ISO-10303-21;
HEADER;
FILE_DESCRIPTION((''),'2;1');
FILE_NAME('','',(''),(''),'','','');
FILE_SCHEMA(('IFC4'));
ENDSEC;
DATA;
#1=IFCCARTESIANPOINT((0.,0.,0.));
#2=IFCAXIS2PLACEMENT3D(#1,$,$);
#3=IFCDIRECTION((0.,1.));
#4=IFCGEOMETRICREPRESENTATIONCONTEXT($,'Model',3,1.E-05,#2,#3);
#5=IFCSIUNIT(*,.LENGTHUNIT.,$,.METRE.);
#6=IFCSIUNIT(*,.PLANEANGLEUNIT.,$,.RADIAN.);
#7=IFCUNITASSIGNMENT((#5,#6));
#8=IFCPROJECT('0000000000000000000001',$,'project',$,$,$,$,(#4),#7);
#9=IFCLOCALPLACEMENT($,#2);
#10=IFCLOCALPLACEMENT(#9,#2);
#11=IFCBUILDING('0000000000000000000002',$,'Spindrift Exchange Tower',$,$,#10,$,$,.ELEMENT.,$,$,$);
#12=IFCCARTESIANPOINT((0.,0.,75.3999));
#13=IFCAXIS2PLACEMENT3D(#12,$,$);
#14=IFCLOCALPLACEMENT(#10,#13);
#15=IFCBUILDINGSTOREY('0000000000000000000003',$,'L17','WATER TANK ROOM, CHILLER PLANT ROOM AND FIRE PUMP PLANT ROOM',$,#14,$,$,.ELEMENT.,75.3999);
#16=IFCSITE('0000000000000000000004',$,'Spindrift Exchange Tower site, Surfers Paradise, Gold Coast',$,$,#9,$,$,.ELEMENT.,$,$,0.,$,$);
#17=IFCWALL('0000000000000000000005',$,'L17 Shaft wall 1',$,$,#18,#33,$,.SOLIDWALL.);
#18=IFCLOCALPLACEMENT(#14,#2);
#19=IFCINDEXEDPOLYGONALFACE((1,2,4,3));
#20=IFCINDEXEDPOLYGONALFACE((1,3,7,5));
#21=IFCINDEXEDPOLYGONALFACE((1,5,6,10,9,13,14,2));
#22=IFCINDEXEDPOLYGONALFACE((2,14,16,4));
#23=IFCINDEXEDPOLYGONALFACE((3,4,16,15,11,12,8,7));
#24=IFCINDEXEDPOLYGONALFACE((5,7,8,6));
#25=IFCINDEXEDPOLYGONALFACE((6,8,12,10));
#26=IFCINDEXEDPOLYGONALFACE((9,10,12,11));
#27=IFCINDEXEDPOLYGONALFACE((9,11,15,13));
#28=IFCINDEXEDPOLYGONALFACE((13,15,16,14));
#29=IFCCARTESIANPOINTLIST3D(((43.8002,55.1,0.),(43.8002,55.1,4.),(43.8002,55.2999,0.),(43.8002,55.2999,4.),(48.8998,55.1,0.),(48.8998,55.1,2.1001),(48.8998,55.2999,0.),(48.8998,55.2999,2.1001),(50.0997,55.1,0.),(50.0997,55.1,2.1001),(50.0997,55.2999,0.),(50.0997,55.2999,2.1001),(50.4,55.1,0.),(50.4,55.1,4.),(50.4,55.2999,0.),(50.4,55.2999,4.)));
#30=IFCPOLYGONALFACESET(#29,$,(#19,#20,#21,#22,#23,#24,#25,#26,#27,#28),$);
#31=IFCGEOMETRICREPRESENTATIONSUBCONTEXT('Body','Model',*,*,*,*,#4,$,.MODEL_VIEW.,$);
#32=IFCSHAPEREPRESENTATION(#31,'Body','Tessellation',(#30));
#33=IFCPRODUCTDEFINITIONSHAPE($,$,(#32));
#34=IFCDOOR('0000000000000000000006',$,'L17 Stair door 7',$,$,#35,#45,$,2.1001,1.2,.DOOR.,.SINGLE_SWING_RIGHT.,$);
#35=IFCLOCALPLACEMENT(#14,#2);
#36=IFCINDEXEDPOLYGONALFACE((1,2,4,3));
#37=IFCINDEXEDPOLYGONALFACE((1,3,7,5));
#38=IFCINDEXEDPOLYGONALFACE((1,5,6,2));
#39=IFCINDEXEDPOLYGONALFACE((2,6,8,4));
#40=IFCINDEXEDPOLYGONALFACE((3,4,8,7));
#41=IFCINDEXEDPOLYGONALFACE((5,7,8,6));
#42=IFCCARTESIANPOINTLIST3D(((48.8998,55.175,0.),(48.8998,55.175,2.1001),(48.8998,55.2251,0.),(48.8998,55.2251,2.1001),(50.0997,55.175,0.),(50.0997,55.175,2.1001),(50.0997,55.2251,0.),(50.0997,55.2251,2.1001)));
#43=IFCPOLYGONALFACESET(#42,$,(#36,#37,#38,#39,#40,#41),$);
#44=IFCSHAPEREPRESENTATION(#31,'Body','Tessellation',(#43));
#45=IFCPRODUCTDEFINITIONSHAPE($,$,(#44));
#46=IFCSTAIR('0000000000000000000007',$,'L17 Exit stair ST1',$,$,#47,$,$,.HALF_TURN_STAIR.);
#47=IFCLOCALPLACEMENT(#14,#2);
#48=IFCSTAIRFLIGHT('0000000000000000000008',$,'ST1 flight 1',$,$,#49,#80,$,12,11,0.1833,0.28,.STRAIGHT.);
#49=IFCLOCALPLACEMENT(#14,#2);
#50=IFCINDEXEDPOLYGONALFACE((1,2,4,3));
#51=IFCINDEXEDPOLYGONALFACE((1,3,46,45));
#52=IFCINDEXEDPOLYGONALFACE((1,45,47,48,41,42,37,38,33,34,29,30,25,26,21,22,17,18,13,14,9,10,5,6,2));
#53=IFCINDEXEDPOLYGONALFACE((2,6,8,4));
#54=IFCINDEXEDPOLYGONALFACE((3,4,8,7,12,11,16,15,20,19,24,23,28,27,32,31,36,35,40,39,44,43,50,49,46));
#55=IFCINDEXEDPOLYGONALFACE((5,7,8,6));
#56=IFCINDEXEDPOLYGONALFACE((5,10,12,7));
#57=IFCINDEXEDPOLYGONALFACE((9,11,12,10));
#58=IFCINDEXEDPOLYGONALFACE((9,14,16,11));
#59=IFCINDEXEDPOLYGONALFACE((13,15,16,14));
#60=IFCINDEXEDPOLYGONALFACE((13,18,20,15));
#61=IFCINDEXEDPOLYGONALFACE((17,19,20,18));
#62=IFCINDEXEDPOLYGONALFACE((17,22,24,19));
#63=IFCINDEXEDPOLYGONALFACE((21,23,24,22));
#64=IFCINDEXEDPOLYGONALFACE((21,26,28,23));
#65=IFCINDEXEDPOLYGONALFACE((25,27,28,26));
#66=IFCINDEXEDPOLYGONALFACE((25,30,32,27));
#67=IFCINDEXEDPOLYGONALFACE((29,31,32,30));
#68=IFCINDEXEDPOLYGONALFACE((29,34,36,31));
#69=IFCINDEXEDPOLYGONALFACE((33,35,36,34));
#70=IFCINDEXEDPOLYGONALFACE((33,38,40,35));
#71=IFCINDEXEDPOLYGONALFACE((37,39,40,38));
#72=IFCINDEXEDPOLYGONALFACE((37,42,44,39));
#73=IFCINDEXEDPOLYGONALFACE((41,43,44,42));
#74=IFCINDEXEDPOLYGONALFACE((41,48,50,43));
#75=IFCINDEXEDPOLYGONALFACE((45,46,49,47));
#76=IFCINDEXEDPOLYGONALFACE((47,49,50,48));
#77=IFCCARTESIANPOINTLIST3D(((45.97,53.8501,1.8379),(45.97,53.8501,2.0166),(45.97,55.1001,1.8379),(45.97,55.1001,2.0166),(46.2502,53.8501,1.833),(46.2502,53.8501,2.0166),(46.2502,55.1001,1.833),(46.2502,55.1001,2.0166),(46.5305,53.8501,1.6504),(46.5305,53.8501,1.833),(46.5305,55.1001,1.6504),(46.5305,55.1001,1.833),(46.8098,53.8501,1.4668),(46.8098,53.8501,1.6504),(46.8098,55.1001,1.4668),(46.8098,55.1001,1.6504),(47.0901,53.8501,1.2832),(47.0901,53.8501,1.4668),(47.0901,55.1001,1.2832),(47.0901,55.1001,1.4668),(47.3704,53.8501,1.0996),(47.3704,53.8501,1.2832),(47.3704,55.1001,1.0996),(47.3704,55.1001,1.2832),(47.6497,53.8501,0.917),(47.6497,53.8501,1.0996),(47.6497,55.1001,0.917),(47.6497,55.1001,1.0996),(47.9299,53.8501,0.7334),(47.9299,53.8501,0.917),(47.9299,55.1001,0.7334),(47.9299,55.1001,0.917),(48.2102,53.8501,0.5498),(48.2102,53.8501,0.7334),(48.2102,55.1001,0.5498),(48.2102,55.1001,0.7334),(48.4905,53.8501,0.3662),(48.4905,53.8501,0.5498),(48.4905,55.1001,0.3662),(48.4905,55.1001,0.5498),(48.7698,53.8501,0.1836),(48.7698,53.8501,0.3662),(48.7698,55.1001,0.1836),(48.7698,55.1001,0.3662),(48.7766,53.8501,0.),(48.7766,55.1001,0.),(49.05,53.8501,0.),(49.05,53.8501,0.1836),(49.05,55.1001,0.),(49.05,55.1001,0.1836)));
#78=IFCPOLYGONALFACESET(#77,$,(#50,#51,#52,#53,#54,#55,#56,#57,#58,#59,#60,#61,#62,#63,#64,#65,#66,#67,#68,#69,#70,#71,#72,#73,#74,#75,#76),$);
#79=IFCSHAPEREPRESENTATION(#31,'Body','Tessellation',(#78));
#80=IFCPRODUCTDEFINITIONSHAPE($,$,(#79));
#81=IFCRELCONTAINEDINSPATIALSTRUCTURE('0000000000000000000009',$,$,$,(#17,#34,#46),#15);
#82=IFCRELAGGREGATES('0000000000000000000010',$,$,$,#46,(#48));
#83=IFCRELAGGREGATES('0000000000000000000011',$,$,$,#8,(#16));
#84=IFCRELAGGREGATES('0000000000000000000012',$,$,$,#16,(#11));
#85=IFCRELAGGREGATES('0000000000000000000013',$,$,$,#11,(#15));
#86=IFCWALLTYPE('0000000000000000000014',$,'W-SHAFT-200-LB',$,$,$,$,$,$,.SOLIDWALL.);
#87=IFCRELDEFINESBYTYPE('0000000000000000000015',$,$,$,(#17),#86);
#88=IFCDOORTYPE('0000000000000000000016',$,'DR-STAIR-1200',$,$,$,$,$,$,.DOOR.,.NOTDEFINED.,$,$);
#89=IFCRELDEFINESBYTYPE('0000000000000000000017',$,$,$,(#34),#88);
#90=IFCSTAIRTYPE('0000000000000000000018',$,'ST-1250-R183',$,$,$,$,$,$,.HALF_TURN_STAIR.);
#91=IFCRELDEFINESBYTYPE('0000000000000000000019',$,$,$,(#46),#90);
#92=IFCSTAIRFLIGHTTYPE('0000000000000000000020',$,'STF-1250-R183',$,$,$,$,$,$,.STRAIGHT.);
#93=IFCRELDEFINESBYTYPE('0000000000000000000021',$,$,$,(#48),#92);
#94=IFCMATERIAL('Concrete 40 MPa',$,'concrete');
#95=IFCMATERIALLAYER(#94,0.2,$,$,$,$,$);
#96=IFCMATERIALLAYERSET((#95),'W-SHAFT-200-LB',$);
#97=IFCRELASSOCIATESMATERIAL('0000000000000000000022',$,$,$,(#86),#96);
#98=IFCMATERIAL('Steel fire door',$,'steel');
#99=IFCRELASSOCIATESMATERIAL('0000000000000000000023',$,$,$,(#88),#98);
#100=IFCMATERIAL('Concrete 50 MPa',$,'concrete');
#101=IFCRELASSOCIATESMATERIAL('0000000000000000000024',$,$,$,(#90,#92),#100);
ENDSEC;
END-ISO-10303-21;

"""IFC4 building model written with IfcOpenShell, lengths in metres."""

from ifc_helpers import new_model, si_unit, direction, frame, frame_2d, origin, place, context, subcontext, project, spatial, line, indexed_curve, rectangle, outline, extrude, source, transform, mapped, material, layer, layer_set, type_object, element, fill, aggregate, save


model = new_model("IFC4")

# Units and contexts
model_context = context("Model", 3, precision=1e-05, world=origin(), true_north=direction((0.0, 1.0)))
body_context = subcontext(model_context, "Body", "Model", "MODEL_VIEW")
ifc_project = project(units=[si_unit("LENGTHUNIT", "METRE"), si_unit("PLANEANGLEUNIT", "RADIAN")], contexts=[model_context])

# Site, building, storey
site_placement = place(None, origin())
site = spatial("IfcSite", under=ifc_project, at=site_placement, Name="Spindrift Exchange Tower site, Surfers Paradise, Gold Coast", CompositionType="ELEMENT", RefElevation=0.0)
building_placement = place(site_placement, origin())
building = spatial("IfcBuilding", under=site, at=building_placement, Name="Spindrift Exchange Tower", CompositionType="ELEMENT")
storey_placement = place(building_placement, frame((0.0, 0.0, 75.3999)))
storey = spatial("IfcBuildingStorey", under=building, at=storey_placement, Name="L17", Description="WATER TANK ROOM, CHILLER PLANT ROOM AND FIRE PUMP PLANT ROOM", CompositionType="ELEMENT", Elevation=75.3999)

# Shared definitions
ifc_material_1 = material(Name="Steel fire door", Category="steel")

# Wall, opening, door
ifc_material_2 = material(Name="Concrete 40 MPa", Category="concrete")
ifc_layer_1 = layer(ifc_material_2, 0.2)
ifc_layer_set_1 = layer_set([ifc_layer_1], Name="W-SHAFT-200-LB")
wall_type_1 = type_object("IfcWallType", Name="W-SHAFT-200-LB", PredefinedType="SOLIDWALL", material=ifc_layer_set_1)
wall_1_placement = place(storey_placement, frame((50.3999, 55.2, 0.0), z_axis=(0.0, 0.0, 1.0), x_axis=(-1.0, 0.0, 0.0)))
wall_1 = element("IfcWall", 1, at=wall_1_placement, inside=storey, type_object=wall_type_1, Name="L17 Shaft wall 1", PredefinedType="SOLIDWALL", context=body_context, shape_type="SweptSolid", body=[
    extrude(rectangle(XDim=6.5999, YDim=0.2, at=frame_2d((3.2998, 0.0))), origin(), (0.0, 0.0, 1.0), 4.0),
])
opening_1_placement = place(wall_1_placement, frame((0.3, 0.0, 0.0)))
opening_1 = element("IfcOpeningElement", 2, at=opening_1_placement, cuts=wall_1, PredefinedType="OPENING", context=body_context, shape_type="SweptSolid", body=[
    extrude(rectangle(XDim=1.2, YDim=2.1001, at=frame_2d((0.6001, 1.05))), frame((0.0, 0.1099, 0.0), z_axis=(0.0, -1.0, 0.0), x_axis=(1.0, 0.0, 0.0)), (0.0, 0.0, 1.0), 0.22),
])
door_type_1 = type_object("IfcDoorType", Name="DR-STAIR-1200", OperationType="NOTDEFINED", PredefinedType="DOOR", material=ifc_material_1)
shared_shape_1 = source(origin(), body_context, "Body", "SweptSolid", [
    extrude(rectangle(XDim=1.2, YDim=2.1001, at=frame_2d((0.6001, 1.05))), frame((0.0, 0.0249, 0.0), z_axis=(0.0, -1.0, 0.0), x_axis=(1.0, 0.0, 0.0)), (0.0, 0.0, 1.0), 0.05),
])
door_1_placement = place(opening_1_placement, origin())
door_1 = element("IfcDoor", 3, at=door_1_placement, inside=storey, type_object=door_type_1, Name="L17 Stair door 7", OperationType="SINGLE_SWING_RIGHT", OverallHeight=2.1001, OverallWidth=1.2, PredefinedType="DOOR", context=body_context, shape_type="MappedRepresentation", body=[
    mapped(shared_shape_1, transform((0.0, 0.0, 0.0), scale=1.0)),
])
fill(opening_1, door_1)

# Stair, stair flight
ifc_material_3 = material(Name="Concrete 50 MPa", Category="concrete")
stair_type = type_object("IfcStairType", Name="ST-1250-R183", PredefinedType="HALF_TURN_STAIR", material=ifc_material_3)
stair_placement = place(storey_placement, origin())
stair = element("IfcStair", 4, at=stair_placement, inside=storey, type_object=stair_type, Name="L17 Exit stair ST1", PredefinedType="HALF_TURN_STAIR")
stair_flight_type = type_object("IfcStairFlightType", Name="STF-1250-R183", PredefinedType="STRAIGHT", material=ifc_material_3)
stair_flight_placement = place(storey_placement, frame((49.05, 54.4751, 0.0), z_axis=(0.0, 0.0, 1.0), x_axis=(-1.0, 0.0, 0.0)))
stair_flight = element("IfcStairFlight", 5, at=stair_flight_placement, type_object=stair_flight_type, Name="ST1 flight 1", NumberOfRisers=12, NumberOfTreads=11, PredefinedType="STRAIGHT", RiserHeight=0.1833, TreadLength=0.28, context=body_context, shape_type="SweptSolid", body=[
    extrude(outline(indexed_curve([(0.0, 0.0), (0.0, 0.1836), (0.2803, 0.1836), (0.2803, 0.3662), (0.5596, 0.3662), (0.5596, 0.5498), (0.8398, 0.5498), (0.8398, 0.7334), (1.1201, 0.7334), (1.1201, 0.917), (1.4004, 0.917), (1.4004, 1.0996), (1.6797, 1.0996), (1.6797, 1.2832), (1.96, 1.2832), (1.96, 1.4668), (2.2402, 1.4668), (2.2402, 1.6504), (2.5195, 1.6504), (2.5195, 1.833), (2.7998, 1.833), (2.7998, 2.0166), (3.0801, 2.0166), (3.0801, 2.2002), (3.0801, 1.8379), (0.2734, 0.0)], segments=[line(1, 2, 3, 4, 5, 6, 7, 8, 9, 10, 11, 12, 13, 14, 15, 16, 17, 18, 19, 20, 21, 22, 23, 24, 25, 26, 1)], self_intersect=False)), frame((0.0, 0.625, 0.0), z_axis=(0.0, -1.0, 0.0), x_axis=(1.0, 0.0, 0.0)), (0.0, 0.0, 1.0), 1.25),
])
aggregate(stair, [stair_flight])

save(model, "model.ifc")
